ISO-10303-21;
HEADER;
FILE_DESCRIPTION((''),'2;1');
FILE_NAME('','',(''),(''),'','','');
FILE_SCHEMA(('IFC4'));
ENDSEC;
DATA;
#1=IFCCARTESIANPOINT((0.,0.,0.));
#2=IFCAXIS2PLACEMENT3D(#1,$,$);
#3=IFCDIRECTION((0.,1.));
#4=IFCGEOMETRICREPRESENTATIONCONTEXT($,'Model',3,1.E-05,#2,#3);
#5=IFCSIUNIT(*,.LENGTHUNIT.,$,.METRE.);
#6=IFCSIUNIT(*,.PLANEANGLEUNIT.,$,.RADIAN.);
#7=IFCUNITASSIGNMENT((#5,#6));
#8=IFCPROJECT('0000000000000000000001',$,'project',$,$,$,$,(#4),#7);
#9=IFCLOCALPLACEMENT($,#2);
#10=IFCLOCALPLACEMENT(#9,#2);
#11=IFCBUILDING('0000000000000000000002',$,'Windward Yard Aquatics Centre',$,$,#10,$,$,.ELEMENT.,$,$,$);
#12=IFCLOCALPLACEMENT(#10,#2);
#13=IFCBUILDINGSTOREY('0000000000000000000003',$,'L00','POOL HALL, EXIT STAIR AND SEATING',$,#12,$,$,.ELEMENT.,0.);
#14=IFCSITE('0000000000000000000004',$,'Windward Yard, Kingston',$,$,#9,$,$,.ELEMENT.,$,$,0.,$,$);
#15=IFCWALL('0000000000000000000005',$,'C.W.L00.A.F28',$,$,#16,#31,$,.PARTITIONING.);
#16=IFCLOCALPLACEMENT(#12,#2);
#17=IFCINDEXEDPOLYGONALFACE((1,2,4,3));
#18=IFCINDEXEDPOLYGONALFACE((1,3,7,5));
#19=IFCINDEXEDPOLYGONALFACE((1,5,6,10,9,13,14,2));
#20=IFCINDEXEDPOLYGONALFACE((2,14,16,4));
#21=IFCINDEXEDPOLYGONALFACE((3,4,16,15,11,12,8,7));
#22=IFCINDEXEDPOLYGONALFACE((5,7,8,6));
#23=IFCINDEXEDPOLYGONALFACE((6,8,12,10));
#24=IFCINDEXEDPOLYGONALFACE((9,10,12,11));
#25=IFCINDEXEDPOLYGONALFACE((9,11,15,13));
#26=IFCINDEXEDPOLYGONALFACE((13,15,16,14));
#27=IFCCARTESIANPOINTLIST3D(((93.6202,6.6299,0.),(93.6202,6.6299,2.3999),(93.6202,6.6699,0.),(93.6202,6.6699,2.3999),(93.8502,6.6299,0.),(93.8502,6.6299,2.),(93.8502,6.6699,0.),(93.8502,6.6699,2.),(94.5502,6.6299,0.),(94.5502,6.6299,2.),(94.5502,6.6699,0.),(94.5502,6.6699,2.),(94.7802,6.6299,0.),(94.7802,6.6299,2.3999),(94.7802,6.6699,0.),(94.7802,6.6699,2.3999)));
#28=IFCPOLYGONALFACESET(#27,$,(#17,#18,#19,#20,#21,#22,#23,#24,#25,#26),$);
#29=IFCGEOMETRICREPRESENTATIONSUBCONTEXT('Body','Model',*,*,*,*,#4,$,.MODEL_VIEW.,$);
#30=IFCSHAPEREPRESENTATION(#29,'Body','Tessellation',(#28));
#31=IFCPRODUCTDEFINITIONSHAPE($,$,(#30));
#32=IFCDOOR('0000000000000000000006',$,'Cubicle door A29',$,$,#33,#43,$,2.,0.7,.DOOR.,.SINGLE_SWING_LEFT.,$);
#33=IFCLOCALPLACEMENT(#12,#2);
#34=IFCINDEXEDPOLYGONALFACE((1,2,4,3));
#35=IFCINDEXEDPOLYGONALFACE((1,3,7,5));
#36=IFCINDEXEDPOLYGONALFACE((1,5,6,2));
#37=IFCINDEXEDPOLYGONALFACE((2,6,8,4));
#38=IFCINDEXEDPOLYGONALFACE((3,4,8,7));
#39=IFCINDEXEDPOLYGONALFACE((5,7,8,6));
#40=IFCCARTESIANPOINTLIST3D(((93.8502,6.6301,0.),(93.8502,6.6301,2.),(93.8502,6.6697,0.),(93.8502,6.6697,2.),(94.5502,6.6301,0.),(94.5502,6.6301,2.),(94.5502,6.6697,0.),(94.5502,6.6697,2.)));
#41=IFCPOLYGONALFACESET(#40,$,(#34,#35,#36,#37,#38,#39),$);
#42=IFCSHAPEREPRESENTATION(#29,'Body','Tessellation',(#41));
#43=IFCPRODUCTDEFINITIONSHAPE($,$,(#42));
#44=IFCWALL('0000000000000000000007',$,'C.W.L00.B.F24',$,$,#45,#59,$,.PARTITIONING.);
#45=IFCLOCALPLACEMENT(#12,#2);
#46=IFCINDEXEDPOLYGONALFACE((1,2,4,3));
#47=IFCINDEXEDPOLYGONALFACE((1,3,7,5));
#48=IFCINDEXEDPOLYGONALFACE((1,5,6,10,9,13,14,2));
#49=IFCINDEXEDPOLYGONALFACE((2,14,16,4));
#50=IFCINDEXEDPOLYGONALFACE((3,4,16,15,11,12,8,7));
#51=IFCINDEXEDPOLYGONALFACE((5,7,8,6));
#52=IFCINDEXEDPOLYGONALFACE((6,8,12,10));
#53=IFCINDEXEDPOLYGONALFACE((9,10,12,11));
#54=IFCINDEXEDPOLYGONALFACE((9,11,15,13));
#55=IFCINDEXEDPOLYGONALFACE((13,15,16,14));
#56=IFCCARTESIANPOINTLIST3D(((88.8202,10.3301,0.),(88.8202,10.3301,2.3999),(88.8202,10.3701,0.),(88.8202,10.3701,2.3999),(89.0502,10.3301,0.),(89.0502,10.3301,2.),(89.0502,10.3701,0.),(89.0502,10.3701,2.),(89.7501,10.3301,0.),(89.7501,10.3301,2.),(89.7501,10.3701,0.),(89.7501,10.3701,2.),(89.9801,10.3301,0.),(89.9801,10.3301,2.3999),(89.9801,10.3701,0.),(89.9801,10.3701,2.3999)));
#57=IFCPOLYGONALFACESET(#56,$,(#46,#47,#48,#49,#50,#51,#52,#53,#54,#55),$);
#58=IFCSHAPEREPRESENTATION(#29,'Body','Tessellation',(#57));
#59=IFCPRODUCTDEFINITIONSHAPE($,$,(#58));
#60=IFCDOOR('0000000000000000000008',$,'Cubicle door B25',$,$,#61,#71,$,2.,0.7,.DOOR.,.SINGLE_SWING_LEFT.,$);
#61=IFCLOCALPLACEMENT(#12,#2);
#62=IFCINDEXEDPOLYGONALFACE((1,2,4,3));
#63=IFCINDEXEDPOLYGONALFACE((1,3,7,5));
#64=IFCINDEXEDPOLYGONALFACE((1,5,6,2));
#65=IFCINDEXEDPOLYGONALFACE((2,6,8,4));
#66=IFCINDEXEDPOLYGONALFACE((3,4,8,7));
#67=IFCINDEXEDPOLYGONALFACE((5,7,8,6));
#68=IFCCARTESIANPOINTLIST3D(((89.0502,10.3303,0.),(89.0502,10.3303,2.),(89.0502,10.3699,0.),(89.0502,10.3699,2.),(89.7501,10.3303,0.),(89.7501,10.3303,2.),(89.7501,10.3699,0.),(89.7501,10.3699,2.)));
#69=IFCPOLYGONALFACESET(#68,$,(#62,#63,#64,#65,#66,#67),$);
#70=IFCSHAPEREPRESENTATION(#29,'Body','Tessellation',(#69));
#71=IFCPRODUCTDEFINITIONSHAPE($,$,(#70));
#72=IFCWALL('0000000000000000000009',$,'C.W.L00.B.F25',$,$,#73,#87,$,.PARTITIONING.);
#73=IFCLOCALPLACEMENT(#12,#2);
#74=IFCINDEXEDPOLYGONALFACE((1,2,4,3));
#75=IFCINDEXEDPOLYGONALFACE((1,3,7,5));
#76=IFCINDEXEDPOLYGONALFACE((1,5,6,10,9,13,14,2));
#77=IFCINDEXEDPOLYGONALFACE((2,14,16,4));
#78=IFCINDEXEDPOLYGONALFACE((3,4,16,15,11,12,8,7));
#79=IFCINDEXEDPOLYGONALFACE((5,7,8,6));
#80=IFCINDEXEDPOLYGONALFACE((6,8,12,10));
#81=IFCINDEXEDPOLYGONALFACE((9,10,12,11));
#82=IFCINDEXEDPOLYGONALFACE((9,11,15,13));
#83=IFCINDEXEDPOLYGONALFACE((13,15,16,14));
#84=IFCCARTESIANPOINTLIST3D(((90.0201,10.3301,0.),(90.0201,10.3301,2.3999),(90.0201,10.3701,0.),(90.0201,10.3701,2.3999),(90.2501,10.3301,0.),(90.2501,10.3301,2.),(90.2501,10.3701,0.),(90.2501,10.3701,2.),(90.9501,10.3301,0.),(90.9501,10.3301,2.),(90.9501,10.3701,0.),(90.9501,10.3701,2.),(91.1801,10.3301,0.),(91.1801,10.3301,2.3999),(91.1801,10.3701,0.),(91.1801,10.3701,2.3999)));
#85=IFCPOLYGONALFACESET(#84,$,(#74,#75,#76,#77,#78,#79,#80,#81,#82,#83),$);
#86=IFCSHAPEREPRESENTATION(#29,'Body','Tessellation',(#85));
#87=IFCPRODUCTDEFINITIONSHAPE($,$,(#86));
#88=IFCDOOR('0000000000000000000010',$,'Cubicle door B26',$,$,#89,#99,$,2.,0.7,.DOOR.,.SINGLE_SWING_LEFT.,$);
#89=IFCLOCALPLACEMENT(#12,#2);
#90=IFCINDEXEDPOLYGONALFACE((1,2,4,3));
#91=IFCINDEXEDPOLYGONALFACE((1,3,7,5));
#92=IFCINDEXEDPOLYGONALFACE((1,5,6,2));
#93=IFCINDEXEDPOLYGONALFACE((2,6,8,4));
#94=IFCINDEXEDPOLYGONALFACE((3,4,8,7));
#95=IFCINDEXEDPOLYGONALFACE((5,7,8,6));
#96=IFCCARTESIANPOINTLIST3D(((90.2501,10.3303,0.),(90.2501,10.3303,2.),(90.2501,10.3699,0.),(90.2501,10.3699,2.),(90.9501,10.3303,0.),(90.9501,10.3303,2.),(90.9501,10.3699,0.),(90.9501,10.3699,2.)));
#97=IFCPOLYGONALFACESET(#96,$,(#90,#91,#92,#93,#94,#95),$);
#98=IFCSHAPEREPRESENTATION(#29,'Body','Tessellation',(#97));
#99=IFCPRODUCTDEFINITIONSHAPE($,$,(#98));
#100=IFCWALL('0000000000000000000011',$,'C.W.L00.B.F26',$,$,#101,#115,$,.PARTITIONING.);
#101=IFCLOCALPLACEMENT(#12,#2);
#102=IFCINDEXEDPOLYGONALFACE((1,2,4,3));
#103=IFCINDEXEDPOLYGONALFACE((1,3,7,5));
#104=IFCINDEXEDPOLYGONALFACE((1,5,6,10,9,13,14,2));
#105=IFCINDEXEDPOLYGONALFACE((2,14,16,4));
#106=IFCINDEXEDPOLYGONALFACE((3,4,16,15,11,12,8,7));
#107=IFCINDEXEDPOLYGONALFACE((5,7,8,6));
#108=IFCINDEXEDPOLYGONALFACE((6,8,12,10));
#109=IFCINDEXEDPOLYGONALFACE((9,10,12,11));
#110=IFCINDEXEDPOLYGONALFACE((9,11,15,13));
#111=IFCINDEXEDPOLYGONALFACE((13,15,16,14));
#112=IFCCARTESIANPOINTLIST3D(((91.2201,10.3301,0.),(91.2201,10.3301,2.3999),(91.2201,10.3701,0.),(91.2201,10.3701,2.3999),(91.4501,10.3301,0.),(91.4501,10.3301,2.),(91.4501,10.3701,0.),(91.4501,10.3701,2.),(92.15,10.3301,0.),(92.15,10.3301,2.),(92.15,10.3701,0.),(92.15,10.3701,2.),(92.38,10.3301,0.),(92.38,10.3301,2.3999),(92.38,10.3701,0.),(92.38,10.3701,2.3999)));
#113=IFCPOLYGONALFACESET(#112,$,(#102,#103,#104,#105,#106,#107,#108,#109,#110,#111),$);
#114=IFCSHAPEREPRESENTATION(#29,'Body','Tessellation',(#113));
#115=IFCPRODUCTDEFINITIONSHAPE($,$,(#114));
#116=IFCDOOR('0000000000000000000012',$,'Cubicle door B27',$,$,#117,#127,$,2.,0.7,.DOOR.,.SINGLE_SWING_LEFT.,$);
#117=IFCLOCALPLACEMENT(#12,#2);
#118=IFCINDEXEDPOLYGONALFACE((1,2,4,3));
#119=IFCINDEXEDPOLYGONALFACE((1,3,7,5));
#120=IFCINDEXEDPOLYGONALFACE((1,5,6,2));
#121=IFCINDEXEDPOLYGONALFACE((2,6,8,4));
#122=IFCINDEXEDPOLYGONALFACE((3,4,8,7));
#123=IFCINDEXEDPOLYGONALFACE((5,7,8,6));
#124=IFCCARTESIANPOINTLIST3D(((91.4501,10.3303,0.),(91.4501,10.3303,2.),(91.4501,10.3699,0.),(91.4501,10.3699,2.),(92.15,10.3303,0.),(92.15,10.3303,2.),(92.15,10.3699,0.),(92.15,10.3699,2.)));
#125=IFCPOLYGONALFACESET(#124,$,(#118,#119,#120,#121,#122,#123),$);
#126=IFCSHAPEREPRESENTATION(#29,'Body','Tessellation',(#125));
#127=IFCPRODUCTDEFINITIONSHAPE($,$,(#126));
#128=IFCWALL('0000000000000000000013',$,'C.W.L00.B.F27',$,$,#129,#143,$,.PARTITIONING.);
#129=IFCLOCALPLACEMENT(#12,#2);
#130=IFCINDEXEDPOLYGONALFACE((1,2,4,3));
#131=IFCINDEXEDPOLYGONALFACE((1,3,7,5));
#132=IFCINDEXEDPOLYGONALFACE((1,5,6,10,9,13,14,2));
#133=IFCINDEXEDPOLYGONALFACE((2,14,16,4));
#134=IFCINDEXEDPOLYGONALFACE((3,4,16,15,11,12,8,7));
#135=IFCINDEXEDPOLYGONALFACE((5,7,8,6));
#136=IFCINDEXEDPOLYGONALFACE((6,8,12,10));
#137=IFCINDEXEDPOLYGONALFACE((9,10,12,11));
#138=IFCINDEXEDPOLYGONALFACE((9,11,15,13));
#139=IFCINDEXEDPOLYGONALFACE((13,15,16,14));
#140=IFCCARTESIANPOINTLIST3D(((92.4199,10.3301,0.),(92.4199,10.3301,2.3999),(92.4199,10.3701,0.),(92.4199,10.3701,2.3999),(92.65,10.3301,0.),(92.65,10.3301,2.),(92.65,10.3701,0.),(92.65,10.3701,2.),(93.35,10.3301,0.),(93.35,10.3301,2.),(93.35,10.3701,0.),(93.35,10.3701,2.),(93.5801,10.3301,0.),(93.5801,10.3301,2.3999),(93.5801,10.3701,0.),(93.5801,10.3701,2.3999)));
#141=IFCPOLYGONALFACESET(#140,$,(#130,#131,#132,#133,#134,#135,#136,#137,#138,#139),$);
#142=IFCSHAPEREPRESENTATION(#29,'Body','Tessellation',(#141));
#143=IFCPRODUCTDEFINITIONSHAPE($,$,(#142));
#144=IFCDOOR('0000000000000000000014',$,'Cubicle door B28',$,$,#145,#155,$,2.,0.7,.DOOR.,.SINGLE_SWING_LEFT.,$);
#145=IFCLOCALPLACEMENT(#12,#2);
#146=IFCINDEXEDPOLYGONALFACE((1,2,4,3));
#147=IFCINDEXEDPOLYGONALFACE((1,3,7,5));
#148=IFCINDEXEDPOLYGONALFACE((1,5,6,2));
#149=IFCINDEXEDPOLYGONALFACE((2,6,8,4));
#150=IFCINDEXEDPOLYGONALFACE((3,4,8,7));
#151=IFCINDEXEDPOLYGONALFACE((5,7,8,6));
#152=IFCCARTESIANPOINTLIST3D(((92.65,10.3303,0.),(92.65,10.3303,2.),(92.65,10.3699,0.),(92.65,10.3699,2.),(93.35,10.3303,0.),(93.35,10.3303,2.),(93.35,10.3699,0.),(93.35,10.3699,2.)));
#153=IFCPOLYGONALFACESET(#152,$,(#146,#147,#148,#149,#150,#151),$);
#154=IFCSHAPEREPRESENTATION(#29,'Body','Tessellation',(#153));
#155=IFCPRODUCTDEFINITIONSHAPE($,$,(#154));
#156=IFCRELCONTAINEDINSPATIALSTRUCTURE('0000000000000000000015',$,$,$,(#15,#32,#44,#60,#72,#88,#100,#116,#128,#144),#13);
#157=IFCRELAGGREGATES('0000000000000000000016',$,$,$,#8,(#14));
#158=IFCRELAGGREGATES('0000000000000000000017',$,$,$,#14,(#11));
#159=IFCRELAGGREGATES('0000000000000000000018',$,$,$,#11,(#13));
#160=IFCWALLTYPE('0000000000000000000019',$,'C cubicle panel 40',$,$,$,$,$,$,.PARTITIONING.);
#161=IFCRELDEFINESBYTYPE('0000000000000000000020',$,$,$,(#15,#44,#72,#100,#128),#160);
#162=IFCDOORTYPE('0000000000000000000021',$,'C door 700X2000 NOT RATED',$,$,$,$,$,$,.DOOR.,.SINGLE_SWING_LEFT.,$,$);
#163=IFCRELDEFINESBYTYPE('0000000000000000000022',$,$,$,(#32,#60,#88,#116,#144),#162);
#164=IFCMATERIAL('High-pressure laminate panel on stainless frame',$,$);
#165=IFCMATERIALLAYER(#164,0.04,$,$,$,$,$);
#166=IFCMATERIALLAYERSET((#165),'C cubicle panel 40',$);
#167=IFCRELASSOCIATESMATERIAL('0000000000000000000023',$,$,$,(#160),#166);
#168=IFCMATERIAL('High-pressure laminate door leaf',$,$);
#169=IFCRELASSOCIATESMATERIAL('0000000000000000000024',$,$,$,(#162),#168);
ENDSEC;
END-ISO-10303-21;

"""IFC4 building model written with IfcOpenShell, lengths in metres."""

from ifc_helpers import new_model, si_unit, direction, frame, frame_2d, origin, place, context, subcontext, project, spatial, rectangle, extrude, material, layer, layer_set, type_object, element, fill, save


model = new_model("IFC4")

# Units and contexts
model_context = context("Model", 3, precision=1e-05, world=origin(), true_north=direction((0.0, 1.0)))
body_context = subcontext(model_context, "Body", "Model", "MODEL_VIEW")
ifc_project = project(units=[si_unit("LENGTHUNIT", "METRE"), si_unit("PLANEANGLEUNIT", "RADIAN")], contexts=[model_context])

# Site, building, storey
site_placement = place(None, origin())
site = spatial("IfcSite", under=ifc_project, at=site_placement, Name="Windward Yard, Kingston", CompositionType="ELEMENT", RefElevation=0.0)
building_placement = place(site_placement, origin())
building = spatial("IfcBuilding", under=site, at=building_placement, Name="Windward Yard Aquatics Centre", CompositionType="ELEMENT")
storey_placement = place(building_placement, origin())
storey = spatial("IfcBuildingStorey", under=building, at=storey_placement, Name="L00", Description="POOL HALL, EXIT STAIR AND SEATING", CompositionType="ELEMENT", Elevation=0.0)

# Shared definitions
ifc_material_1 = material(Name="High-pressure laminate panel on stainless frame")
ifc_layer = layer(ifc_material_1, 0.04)
ifc_layer_set = layer_set([ifc_layer], Name="C cubicle panel 40")
wall_type = type_object("IfcWallType", Name="C cubicle panel 40", PredefinedType="PARTITIONING", material=ifc_layer_set)

# Walls, openings, doors
ifc_material_2 = material(Name="High-pressure laminate door leaf")
door_type = type_object("IfcDoorType", Name="C door 700X2000 NOT RATED", OperationType="SINGLE_SWING_LEFT", PredefinedType="DOOR", material=ifc_material_2)
wall_1_placement = place(storey_placement, frame((93.6201, 6.6499, 0.0), z_axis=(0.0, 0.0, 1.0), x_axis=(1.0, 0.0, 0.0)))
wall_1 = element("IfcWall", 1, at=wall_1_placement, inside=storey, type_object=wall_type, Name="C.W.L00.A.F28", PredefinedType="PARTITIONING", context=body_context, shape_type="SweptSolid", body=[
    extrude(rectangle(XDim=1.1599, YDim=0.04, at=frame_2d((0.5801, 0.0))), origin(), (0.0, 0.0, 1.0), 2.3999),
])
opening_1_placement = place(wall_1_placement, frame((0.23, 0.0, 0.0)))
opening_1 = element("IfcOpeningElement", 2, at=opening_1_placement, cuts=wall_1, PredefinedType="OPENING", context=body_context, shape_type="SweptSolid", body=[
    extrude(rectangle(XDim=0.7, YDim=2.0, at=frame_2d((0.3501, 1.0))), frame((0.0, 0.03, 0.0), z_axis=(0.0, -1.0, 0.0), x_axis=(1.0, 0.0, 0.0)), (0.0, 0.0, 1.0), 0.0601),
])
door_1_placement = place(opening_1_placement, origin())
door_1 = element("IfcDoor", 3, at=door_1_placement, inside=storey, type_object=door_type, Name="Cubicle door A29", OperationType="SINGLE_SWING_LEFT", OverallHeight=2.0, OverallWidth=0.7, PredefinedType="DOOR", context=body_context, shape_type="SweptSolid", body=[
    extrude(rectangle(XDim=0.7, YDim=2.0, at=frame_2d((0.3501, 1.0))), frame((0.0, 0.0198, 0.0), z_axis=(0.0, -1.0, 0.0), x_axis=(1.0, 0.0, 0.0)), (0.0, 0.0, 1.0), 0.0396),
])
fill(opening_1, door_1)
wall_2_placement = place(storey_placement, frame((88.8201, 10.3501, 0.0), z_axis=(0.0, 0.0, 1.0), x_axis=(1.0, 0.0, 0.0)))
wall_2 = element("IfcWall", 4, at=wall_2_placement, inside=storey, type_object=wall_type, Name="C.W.L00.B.F24", PredefinedType="PARTITIONING", context=body_context, shape_type="SweptSolid", body=[
    extrude(rectangle(XDim=1.1599, YDim=0.04, at=frame_2d((0.5801, 0.0))), origin(), (0.0, 0.0, 1.0), 2.3999),
])
opening_2_placement = place(wall_2_placement, frame((0.23, 0.0, 0.0)))
opening_2 = element("IfcOpeningElement", 5, at=opening_2_placement, cuts=wall_2, PredefinedType="OPENING", context=body_context, shape_type="SweptSolid", body=[
    extrude(rectangle(XDim=0.7, YDim=2.0, at=frame_2d((0.3501, 1.0))), frame((0.0, 0.03, 0.0), z_axis=(0.0, -1.0, 0.0), x_axis=(1.0, 0.0, 0.0)), (0.0, 0.0, 1.0), 0.0601),
])
door_2_placement = place(opening_2_placement, origin())
door_2 = element("IfcDoor", 6, at=door_2_placement, inside=storey, type_object=door_type, Name="Cubicle door B25", OperationType="SINGLE_SWING_LEFT", OverallHeight=2.0, OverallWidth=0.7, PredefinedType="DOOR", context=body_context, shape_type="SweptSolid", body=[
    extrude(rectangle(XDim=0.7, YDim=2.0, at=frame_2d((0.3501, 1.0))), frame((0.0, 0.0198, 0.0), z_axis=(0.0, -1.0, 0.0), x_axis=(1.0, 0.0, 0.0)), (0.0, 0.0, 1.0), 0.0396),
])
fill(opening_2, door_2)
wall_3_placement = place(storey_placement, frame((90.02, 10.3501, 0.0), z_axis=(0.0, 0.0, 1.0), x_axis=(1.0, 0.0, 0.0)))
wall_3 = element("IfcWall", 7, at=wall_3_placement, inside=storey, type_object=wall_type, Name="C.W.L00.B.F25", PredefinedType="PARTITIONING", context=body_context, shape_type="SweptSolid", body=[
    extrude(rectangle(XDim=1.1599, YDim=0.04, at=frame_2d((0.5801, 0.0))), origin(), (0.0, 0.0, 1.0), 2.3999),
])
opening_3_placement = place(wall_3_placement, frame((0.23, 0.0, 0.0)))
opening_3 = element("IfcOpeningElement", 8, at=opening_3_placement, cuts=wall_3, PredefinedType="OPENING", context=body_context, shape_type="SweptSolid", body=[
    extrude(rectangle(XDim=0.7, YDim=2.0, at=frame_2d((0.3501, 1.0))), frame((0.0, 0.03, 0.0), z_axis=(0.0, -1.0, 0.0), x_axis=(1.0, 0.0, 0.0)), (0.0, 0.0, 1.0), 0.0601),
])
door_3_placement = place(opening_3_placement, origin())
door_3 = element("IfcDoor", 9, at=door_3_placement, inside=storey, type_object=door_type, Name="Cubicle door B26", OperationType="SINGLE_SWING_LEFT", OverallHeight=2.0, OverallWidth=0.7, PredefinedType="DOOR", context=body_context, shape_type="SweptSolid", body=[
    extrude(rectangle(XDim=0.7, YDim=2.0, at=frame_2d((0.3501, 1.0))), frame((0.0, 0.0198, 0.0), z_axis=(0.0, -1.0, 0.0), x_axis=(1.0, 0.0, 0.0)), (0.0, 0.0, 1.0), 0.0396),
])
fill(opening_3, door_3)
wall_4_placement = place(storey_placement, frame((91.22, 10.3501, 0.0), z_axis=(0.0, 0.0, 1.0), x_axis=(1.0, 0.0, 0.0)))
wall_4 = element("IfcWall", 10, at=wall_4_placement, inside=storey, type_object=wall_type, Name="C.W.L00.B.F26", PredefinedType="PARTITIONING", context=body_context, shape_type="SweptSolid", body=[
    extrude(rectangle(XDim=1.1599, YDim=0.04, at=frame_2d((0.5801, 0.0))), origin(), (0.0, 0.0, 1.0), 2.3999),
])
opening_4_placement = place(wall_4_placement, frame((0.23, 0.0, 0.0)))
opening_4 = element("IfcOpeningElement", 11, at=opening_4_placement, cuts=wall_4, PredefinedType="OPENING", context=body_context, shape_type="SweptSolid", body=[
    extrude(rectangle(XDim=0.7, YDim=2.0, at=frame_2d((0.3501, 1.0))), frame((0.0, 0.03, 0.0), z_axis=(0.0, -1.0, 0.0), x_axis=(1.0, 0.0, 0.0)), (0.0, 0.0, 1.0), 0.0601),
])
door_4_placement = place(opening_4_placement, origin())
door_4 = element("IfcDoor", 12, at=door_4_placement, inside=storey, type_object=door_type, Name="Cubicle door B27", OperationType="SINGLE_SWING_LEFT", OverallHeight=2.0, OverallWidth=0.7, PredefinedType="DOOR", context=body_context, shape_type="SweptSolid", body=[
    extrude(rectangle(XDim=0.7, YDim=2.0, at=frame_2d((0.3501, 1.0))), frame((0.0, 0.0198, 0.0), z_axis=(0.0, -1.0, 0.0), x_axis=(1.0, 0.0, 0.0)), (0.0, 0.0, 1.0), 0.0396),
])
fill(opening_4, door_4)
wall_5_placement = place(storey_placement, frame((92.4199, 10.3501, 0.0), z_axis=(0.0, 0.0, 1.0), x_axis=(1.0, 0.0, 0.0)))
wall_5 = element("IfcWall", 13, at=wall_5_placement, inside=storey, type_object=wall_type, Name="C.W.L00.B.F27", PredefinedType="PARTITIONING", context=body_context, shape_type="SweptSolid", body=[
    extrude(rectangle(XDim=1.1602, YDim=0.04, at=frame_2d((0.5801, 0.0))), origin(), (0.0, 0.0, 1.0), 2.3999),
])
opening_5_placement = place(wall_5_placement, frame((0.23, 0.0, 0.0)))
opening_5 = element("IfcOpeningElement", 14, at=opening_5_placement, cuts=wall_5, PredefinedType="OPENING", context=body_context, shape_type="SweptSolid", body=[
    extrude(rectangle(XDim=0.7, YDim=2.0, at=frame_2d((0.3501, 1.0))), frame((0.0, 0.03, 0.0), z_axis=(0.0, -1.0, 0.0), x_axis=(1.0, 0.0, 0.0)), (0.0, 0.0, 1.0), 0.0601),
])
door_5_placement = place(opening_5_placement, origin())
door_5 = element("IfcDoor", 15, at=door_5_placement, inside=storey, type_object=door_type, Name="Cubicle door B28", OperationType="SINGLE_SWING_LEFT", OverallHeight=2.0, OverallWidth=0.7, PredefinedType="DOOR", context=body_context, shape_type="SweptSolid", body=[
    extrude(rectangle(XDim=0.7, YDim=2.0, at=frame_2d((0.3501, 1.0))), frame((0.0, 0.0198, 0.0), z_axis=(0.0, -1.0, 0.0), x_axis=(1.0, 0.0, 0.0)), (0.0, 0.0, 1.0), 0.0396),
])
fill(opening_5, door_5)

save(model, "model.ifc")
